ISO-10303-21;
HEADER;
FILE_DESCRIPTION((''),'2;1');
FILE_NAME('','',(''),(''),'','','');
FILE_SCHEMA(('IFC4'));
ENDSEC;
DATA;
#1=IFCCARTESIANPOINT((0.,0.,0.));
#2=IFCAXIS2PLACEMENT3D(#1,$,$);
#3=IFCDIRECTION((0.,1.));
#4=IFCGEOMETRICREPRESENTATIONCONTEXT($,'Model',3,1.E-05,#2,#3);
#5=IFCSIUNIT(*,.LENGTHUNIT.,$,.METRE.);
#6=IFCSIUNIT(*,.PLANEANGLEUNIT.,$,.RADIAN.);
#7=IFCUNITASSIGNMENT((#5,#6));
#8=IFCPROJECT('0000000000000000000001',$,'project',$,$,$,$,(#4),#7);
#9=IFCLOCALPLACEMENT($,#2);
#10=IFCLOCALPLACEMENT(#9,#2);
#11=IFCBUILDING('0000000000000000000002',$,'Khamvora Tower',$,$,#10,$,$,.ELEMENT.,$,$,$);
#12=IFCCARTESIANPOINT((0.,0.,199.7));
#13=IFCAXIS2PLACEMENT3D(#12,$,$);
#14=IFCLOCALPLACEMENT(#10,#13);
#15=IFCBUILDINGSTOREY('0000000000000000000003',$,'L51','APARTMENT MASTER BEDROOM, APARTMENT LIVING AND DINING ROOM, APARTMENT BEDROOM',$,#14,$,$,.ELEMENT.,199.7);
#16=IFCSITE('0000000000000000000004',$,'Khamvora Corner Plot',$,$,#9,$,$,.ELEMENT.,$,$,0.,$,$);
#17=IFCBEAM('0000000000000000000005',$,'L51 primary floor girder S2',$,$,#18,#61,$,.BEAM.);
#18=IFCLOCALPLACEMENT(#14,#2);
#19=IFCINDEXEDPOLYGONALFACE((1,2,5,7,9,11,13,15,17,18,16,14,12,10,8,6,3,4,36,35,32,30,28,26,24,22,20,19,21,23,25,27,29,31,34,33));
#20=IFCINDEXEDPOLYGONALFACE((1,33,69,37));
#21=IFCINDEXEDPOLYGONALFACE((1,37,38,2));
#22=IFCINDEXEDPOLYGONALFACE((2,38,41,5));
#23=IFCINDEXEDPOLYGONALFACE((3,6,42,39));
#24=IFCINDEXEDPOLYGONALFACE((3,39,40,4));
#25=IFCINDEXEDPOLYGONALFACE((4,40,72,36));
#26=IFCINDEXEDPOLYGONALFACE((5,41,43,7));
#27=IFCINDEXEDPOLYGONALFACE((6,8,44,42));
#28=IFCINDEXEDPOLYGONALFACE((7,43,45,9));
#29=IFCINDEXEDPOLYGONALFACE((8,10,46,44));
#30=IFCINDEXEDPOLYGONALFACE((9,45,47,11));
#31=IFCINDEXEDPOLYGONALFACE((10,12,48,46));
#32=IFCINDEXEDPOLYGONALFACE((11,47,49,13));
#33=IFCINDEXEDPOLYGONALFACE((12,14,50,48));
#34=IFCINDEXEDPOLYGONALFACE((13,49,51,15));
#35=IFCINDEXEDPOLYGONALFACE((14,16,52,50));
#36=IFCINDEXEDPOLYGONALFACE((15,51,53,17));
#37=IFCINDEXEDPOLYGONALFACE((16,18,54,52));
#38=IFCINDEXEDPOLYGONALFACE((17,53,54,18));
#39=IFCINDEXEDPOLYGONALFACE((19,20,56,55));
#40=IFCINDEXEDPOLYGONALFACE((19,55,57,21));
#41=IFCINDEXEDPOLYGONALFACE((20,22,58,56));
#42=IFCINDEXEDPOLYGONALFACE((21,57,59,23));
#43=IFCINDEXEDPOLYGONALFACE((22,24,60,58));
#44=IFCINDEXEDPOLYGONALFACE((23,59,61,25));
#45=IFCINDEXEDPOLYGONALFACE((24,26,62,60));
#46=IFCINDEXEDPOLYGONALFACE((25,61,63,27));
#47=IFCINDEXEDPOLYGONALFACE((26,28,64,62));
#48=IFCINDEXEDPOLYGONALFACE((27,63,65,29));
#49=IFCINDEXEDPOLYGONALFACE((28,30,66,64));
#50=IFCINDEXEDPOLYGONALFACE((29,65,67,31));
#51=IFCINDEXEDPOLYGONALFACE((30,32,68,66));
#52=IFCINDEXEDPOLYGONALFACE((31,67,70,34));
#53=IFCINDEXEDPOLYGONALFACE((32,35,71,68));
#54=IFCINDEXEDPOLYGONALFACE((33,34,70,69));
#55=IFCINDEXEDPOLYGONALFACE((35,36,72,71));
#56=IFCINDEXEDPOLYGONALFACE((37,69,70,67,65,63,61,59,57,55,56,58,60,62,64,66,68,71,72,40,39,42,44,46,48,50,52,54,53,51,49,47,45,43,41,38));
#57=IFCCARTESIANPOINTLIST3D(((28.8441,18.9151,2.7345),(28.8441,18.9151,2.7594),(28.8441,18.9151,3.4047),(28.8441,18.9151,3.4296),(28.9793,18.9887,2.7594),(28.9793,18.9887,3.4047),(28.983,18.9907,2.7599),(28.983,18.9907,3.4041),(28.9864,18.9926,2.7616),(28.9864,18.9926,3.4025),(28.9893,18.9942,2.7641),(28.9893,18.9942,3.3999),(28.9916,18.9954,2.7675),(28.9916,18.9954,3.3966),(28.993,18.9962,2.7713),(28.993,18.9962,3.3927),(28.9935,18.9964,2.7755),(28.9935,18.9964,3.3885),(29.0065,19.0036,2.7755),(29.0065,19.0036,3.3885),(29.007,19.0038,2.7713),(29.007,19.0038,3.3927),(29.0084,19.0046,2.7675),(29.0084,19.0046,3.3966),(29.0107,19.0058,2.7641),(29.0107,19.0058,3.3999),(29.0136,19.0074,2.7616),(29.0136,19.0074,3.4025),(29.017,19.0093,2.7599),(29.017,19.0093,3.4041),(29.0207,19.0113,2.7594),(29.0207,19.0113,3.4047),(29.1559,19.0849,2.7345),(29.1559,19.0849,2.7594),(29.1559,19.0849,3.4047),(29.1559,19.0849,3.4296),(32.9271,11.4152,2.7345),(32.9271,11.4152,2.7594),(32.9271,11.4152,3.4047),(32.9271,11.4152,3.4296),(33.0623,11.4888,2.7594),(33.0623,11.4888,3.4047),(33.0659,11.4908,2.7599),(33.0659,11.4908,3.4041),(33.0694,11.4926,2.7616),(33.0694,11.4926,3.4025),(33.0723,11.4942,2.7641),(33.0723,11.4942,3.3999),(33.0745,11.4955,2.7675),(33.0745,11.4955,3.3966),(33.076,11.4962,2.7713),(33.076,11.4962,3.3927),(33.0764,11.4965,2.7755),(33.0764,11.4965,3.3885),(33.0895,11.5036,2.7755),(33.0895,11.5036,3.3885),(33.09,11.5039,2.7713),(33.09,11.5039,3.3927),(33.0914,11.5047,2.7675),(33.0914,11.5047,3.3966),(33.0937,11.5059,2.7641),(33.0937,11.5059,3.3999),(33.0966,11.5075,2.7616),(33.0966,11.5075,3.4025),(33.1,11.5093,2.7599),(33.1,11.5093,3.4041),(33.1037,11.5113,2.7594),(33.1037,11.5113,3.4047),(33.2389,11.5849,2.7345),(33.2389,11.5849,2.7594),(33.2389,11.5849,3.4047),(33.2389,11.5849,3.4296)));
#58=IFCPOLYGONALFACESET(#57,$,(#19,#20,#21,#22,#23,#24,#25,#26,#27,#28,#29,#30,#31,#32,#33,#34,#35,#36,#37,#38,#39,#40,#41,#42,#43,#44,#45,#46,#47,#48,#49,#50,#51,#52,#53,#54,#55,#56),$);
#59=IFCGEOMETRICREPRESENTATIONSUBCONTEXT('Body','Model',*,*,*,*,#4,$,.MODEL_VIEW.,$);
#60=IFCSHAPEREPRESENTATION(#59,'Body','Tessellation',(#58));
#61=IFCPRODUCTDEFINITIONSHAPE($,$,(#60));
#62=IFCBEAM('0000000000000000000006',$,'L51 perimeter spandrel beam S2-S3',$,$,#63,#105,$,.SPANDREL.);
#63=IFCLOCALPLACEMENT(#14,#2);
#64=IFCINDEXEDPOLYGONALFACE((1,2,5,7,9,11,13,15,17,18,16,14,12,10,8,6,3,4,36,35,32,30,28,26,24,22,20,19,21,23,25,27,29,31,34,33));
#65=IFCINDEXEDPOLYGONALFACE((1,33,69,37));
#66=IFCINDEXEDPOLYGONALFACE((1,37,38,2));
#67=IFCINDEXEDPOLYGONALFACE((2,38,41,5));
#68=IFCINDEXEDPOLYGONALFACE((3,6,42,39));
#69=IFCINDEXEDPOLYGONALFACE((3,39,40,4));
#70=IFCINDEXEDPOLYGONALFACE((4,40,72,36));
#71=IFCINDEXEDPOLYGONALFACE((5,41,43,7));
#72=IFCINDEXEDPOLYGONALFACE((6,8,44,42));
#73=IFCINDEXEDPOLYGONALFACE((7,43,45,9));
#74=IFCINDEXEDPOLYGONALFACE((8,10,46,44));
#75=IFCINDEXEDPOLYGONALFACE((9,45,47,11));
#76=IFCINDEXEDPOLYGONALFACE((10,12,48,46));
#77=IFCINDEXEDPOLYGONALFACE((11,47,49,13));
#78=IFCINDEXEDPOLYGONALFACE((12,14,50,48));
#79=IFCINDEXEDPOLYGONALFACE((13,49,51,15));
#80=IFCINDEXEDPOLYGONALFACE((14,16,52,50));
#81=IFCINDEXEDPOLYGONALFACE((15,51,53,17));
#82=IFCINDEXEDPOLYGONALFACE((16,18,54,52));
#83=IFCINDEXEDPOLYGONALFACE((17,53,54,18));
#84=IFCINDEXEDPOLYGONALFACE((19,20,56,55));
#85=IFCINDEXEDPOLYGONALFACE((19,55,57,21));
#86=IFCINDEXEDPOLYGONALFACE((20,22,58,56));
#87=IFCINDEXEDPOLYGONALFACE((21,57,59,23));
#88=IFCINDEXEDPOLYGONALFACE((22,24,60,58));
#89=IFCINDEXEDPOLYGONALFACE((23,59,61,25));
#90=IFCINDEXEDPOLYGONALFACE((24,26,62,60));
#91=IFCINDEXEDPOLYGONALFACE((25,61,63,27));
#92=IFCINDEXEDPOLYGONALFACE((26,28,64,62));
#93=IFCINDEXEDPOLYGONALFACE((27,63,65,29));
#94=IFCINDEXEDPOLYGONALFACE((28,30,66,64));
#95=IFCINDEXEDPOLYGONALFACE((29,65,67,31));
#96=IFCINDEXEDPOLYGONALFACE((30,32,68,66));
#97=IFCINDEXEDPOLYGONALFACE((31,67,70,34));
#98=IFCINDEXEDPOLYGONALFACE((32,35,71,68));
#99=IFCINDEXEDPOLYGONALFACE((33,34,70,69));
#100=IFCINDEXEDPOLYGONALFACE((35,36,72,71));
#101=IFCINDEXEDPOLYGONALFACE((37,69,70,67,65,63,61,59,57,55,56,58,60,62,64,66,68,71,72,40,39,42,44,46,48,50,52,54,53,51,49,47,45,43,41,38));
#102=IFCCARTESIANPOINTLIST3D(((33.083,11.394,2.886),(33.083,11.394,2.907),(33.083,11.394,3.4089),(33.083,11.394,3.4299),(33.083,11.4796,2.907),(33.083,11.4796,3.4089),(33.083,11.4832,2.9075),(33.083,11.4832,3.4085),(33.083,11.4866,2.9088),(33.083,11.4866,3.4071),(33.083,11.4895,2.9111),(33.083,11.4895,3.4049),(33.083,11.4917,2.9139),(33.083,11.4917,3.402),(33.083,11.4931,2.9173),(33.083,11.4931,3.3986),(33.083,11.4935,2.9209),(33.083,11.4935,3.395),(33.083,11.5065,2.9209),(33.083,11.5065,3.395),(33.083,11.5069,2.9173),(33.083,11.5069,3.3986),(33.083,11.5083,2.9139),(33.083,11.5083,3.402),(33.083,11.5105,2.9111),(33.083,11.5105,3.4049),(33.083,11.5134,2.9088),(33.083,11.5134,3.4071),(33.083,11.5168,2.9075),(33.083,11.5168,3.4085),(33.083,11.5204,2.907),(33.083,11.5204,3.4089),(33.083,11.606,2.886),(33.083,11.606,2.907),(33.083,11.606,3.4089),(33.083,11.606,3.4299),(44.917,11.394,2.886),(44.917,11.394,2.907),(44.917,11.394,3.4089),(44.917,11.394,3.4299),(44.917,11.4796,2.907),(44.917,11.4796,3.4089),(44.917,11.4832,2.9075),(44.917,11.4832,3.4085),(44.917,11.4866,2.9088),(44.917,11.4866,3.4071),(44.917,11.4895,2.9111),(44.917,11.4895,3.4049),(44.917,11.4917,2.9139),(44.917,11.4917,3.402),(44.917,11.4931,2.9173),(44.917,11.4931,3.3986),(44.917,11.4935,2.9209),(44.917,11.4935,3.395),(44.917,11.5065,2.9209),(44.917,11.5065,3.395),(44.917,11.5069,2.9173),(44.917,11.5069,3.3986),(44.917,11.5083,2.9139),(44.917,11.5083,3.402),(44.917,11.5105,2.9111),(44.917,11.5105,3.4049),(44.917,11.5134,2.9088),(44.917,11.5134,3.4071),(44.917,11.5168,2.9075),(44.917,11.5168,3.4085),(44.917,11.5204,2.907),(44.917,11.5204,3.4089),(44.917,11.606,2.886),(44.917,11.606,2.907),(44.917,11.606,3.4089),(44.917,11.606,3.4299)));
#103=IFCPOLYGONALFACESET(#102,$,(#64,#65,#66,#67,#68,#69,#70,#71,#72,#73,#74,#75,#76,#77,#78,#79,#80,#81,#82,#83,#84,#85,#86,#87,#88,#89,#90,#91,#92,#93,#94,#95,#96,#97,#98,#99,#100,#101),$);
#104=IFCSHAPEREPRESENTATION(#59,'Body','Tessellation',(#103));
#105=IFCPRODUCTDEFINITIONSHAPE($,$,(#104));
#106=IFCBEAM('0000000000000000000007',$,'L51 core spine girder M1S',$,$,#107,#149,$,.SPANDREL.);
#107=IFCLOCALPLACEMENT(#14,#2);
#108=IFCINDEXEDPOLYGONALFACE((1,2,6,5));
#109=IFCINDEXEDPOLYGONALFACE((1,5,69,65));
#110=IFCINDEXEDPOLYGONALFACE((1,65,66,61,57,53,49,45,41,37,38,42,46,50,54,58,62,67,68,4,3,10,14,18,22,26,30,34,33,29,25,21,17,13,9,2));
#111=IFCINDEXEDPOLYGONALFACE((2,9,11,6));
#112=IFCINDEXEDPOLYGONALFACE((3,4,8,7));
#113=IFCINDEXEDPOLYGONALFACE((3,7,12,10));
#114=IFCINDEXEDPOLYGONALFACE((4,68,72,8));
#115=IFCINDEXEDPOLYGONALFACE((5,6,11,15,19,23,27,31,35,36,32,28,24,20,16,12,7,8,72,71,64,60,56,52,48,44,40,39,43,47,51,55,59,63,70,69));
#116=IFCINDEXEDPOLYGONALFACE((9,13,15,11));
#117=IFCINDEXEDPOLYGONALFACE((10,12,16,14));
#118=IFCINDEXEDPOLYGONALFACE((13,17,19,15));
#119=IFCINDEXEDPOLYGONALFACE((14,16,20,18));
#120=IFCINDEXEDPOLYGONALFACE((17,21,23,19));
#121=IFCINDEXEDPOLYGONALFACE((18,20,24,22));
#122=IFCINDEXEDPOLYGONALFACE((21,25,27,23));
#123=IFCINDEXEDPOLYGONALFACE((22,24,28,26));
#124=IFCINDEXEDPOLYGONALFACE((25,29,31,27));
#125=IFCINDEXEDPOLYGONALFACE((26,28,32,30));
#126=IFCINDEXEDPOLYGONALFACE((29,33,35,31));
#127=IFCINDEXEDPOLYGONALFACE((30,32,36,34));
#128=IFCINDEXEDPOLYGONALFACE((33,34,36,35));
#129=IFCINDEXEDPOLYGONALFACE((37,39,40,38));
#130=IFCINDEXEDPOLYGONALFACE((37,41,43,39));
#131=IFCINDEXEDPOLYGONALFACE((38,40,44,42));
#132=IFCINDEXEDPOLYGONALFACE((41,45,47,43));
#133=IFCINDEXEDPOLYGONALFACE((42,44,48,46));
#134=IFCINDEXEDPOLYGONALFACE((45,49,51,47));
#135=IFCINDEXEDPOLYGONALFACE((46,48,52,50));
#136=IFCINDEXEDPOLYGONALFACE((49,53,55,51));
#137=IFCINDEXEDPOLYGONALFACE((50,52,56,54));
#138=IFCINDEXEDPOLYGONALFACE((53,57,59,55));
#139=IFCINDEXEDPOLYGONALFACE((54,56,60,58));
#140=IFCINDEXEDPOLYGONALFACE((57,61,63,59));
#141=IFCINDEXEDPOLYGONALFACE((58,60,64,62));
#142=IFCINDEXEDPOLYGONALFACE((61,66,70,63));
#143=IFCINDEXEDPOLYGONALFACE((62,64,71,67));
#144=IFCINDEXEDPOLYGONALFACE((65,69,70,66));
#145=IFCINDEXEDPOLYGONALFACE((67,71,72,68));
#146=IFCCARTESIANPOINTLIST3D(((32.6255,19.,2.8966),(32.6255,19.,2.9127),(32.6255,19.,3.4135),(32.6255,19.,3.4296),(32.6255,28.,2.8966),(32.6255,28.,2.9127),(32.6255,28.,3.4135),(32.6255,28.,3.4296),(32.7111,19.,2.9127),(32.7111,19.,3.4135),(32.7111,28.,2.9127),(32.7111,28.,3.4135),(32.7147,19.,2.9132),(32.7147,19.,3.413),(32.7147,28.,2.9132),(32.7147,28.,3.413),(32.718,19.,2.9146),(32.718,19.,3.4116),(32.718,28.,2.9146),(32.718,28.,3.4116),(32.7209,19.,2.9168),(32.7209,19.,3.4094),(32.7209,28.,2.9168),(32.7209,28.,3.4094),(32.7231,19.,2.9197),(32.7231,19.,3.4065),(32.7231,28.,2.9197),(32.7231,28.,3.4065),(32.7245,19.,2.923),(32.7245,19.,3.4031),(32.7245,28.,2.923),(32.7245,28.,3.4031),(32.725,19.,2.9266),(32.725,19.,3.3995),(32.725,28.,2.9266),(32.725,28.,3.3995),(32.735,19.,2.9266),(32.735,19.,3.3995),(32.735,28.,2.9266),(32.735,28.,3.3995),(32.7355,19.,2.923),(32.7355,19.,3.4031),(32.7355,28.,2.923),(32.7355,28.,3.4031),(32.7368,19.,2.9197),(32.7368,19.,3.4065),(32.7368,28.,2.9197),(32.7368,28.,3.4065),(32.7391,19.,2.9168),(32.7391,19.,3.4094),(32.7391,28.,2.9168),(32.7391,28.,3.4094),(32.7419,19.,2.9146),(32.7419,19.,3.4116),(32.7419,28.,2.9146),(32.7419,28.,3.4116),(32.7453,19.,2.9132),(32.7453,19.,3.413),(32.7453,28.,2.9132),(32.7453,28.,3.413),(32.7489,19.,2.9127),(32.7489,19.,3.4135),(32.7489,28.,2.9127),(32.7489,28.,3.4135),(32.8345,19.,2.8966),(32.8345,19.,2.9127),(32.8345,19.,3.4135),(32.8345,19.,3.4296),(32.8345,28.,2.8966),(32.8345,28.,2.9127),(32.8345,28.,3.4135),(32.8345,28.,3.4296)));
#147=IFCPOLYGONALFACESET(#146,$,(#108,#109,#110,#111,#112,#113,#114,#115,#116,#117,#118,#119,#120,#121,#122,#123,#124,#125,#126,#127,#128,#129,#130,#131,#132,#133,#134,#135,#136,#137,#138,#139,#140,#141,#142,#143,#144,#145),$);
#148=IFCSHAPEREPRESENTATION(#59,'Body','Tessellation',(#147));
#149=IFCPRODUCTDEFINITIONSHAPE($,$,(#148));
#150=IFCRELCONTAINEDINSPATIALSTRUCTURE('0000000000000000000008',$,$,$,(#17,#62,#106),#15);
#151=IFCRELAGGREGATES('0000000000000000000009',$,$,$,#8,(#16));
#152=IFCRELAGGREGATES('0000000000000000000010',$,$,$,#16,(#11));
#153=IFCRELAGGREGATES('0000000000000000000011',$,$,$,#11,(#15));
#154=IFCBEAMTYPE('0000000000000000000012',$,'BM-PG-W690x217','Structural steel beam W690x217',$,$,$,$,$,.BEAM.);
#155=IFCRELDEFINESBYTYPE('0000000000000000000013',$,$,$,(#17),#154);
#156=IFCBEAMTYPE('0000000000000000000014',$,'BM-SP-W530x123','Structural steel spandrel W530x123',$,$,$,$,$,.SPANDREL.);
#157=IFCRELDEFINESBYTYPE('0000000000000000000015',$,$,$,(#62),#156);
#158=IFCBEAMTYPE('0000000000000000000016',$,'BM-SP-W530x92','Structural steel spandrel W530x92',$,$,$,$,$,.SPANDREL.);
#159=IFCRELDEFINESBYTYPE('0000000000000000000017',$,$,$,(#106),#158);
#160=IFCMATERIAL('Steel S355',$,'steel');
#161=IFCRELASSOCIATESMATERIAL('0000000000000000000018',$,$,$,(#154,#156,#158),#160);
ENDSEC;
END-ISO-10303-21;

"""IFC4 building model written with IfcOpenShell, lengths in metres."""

from ifc_helpers import new_model, si_unit, direction, frame, origin, origin_2d, place, context, subcontext, project, spatial, i_section, extrude, material, material_profile, profile_set, type_object, element, save


model = new_model("IFC4")

# Units and contexts
model_context = context("Model", 3, precision=1e-05, world=origin(), true_north=direction((0.0, 1.0)))
body_context = subcontext(model_context, "Body", "Model", "MODEL_VIEW")
ifc_project = project(units=[si_unit("LENGTHUNIT", "METRE"), si_unit("PLANEANGLEUNIT", "RADIAN")], contexts=[model_context])

# Site, building, storey
site_placement = place(None, origin())
site = spatial("IfcSite", under=ifc_project, at=site_placement, Name="Khamvora Corner Plot", CompositionType="ELEMENT", RefElevation=0.0)
building_placement = place(site_placement, origin())
building = spatial("IfcBuilding", under=site, at=building_placement, Name="Khamvora Tower", CompositionType="ELEMENT")
storey_placement = place(building_placement, frame((0.0, 0.0, 199.7)))
storey = spatial("IfcBuildingStorey", under=building, at=storey_placement, Name="L51", Description="APARTMENT MASTER BEDROOM, APARTMENT LIVING AND DINING ROOM, APARTMENT BEDROOM", CompositionType="ELEMENT", Elevation=199.7)

# Shared definitions
ifc_material_1 = material(Name="Steel S355", Category="steel")

# Beams
ifc_material_profile_1 = material_profile(ifc_material_1, i_section(OverallWidth=0.355, OverallDepth=0.6951, WebThickness=0.0149, FlangeThickness=0.0249, FilletRadius=0.0161, at=origin_2d()), Name="W690x217")
ifc_profile_set_1 = profile_set([ifc_material_profile_1], Name="Steel S355")
beam_type_1 = type_object("IfcBeamType", Name="BM-PG-W690x217", Description="Structural steel beam W690x217", PredefinedType="BEAM", material=ifc_profile_set_1)
beam_1_placement = place(storey_placement, frame((29.0, 19.0, 3.082), z_axis=(0.478139, -0.878284, 0.0), x_axis=(0.878284, 0.478139, 0.0)))
element("IfcBeam", 1, at=beam_1_placement, inside=storey, type_object=beam_type_1, Name="L51 primary floor girder S2", PredefinedType="BEAM", context=body_context, shape_type="SweptSolid", body=[
    extrude(i_section(OverallWidth=0.355, OverallDepth=0.6951, WebThickness=0.0149, FlangeThickness=0.0249, FilletRadius=0.0161, at=origin_2d()), origin(), (0.0, 0.0, 1.0), 8.5393),
])
ifc_material_profile_2 = material_profile(ifc_material_1, i_section(OverallWidth=0.2119, OverallDepth=0.5439, WebThickness=0.0129, FlangeThickness=0.021, FilletRadius=0.0139, at=origin_2d()), Name="W530x123")
ifc_profile_set_2 = profile_set([ifc_material_profile_2], Name="Steel S355")
beam_type_2 = type_object("IfcBeamType", Name="BM-SP-W530x123", Description="Structural steel spandrel W530x123", PredefinedType="SPANDREL", material=ifc_profile_set_2)
beam_2_placement = place(storey_placement, frame((33.083, 11.5, 3.158), z_axis=(1.0, 0.0, 0.0), x_axis=(0.0, 1.0, 0.0)))
element("IfcBeam", 2, at=beam_2_placement, inside=storey, type_object=beam_type_2, Name="L51 perimeter spandrel beam S2-S3", PredefinedType="SPANDREL", context=body_context, shape_type="SweptSolid", body=[
    extrude(i_section(OverallWidth=0.2119, OverallDepth=0.5439, WebThickness=0.0129, FlangeThickness=0.021, FilletRadius=0.0139, at=origin_2d()), origin(), (0.0, 0.0, 1.0), 11.834),
])
ifc_material_profile_3 = material_profile(ifc_material_1, i_section(OverallWidth=0.209, OverallDepth=0.533, WebThickness=0.01, FlangeThickness=0.0161, FilletRadius=0.0139, at=origin_2d()), Name="W530x92")
ifc_profile_set_3 = profile_set([ifc_material_profile_3], Name="Steel S355")
beam_type_3 = type_object("IfcBeamType", Name="BM-SP-W530x92", Description="Structural steel spandrel W530x92", PredefinedType="SPANDREL", material=ifc_profile_set_3)
beam_3_placement = place(storey_placement, frame((32.73, 19.0, 3.1631), z_axis=(0.0, 1.0, 0.0), x_axis=(-1.0, 0.0, 0.0)))
element("IfcBeam", 3, at=beam_3_placement, inside=storey, type_object=beam_type_3, Name="L51 core spine girder M1S", PredefinedType="SPANDREL", context=body_context, shape_type="SweptSolid", body=[
    extrude(i_section(OverallWidth=0.209, OverallDepth=0.533, WebThickness=0.01, FlangeThickness=0.0161, FilletRadius=0.0139, at=origin_2d()), origin(), (0.0, 0.0, 1.0), 9.0),
])

save(model, "model.ifc")
